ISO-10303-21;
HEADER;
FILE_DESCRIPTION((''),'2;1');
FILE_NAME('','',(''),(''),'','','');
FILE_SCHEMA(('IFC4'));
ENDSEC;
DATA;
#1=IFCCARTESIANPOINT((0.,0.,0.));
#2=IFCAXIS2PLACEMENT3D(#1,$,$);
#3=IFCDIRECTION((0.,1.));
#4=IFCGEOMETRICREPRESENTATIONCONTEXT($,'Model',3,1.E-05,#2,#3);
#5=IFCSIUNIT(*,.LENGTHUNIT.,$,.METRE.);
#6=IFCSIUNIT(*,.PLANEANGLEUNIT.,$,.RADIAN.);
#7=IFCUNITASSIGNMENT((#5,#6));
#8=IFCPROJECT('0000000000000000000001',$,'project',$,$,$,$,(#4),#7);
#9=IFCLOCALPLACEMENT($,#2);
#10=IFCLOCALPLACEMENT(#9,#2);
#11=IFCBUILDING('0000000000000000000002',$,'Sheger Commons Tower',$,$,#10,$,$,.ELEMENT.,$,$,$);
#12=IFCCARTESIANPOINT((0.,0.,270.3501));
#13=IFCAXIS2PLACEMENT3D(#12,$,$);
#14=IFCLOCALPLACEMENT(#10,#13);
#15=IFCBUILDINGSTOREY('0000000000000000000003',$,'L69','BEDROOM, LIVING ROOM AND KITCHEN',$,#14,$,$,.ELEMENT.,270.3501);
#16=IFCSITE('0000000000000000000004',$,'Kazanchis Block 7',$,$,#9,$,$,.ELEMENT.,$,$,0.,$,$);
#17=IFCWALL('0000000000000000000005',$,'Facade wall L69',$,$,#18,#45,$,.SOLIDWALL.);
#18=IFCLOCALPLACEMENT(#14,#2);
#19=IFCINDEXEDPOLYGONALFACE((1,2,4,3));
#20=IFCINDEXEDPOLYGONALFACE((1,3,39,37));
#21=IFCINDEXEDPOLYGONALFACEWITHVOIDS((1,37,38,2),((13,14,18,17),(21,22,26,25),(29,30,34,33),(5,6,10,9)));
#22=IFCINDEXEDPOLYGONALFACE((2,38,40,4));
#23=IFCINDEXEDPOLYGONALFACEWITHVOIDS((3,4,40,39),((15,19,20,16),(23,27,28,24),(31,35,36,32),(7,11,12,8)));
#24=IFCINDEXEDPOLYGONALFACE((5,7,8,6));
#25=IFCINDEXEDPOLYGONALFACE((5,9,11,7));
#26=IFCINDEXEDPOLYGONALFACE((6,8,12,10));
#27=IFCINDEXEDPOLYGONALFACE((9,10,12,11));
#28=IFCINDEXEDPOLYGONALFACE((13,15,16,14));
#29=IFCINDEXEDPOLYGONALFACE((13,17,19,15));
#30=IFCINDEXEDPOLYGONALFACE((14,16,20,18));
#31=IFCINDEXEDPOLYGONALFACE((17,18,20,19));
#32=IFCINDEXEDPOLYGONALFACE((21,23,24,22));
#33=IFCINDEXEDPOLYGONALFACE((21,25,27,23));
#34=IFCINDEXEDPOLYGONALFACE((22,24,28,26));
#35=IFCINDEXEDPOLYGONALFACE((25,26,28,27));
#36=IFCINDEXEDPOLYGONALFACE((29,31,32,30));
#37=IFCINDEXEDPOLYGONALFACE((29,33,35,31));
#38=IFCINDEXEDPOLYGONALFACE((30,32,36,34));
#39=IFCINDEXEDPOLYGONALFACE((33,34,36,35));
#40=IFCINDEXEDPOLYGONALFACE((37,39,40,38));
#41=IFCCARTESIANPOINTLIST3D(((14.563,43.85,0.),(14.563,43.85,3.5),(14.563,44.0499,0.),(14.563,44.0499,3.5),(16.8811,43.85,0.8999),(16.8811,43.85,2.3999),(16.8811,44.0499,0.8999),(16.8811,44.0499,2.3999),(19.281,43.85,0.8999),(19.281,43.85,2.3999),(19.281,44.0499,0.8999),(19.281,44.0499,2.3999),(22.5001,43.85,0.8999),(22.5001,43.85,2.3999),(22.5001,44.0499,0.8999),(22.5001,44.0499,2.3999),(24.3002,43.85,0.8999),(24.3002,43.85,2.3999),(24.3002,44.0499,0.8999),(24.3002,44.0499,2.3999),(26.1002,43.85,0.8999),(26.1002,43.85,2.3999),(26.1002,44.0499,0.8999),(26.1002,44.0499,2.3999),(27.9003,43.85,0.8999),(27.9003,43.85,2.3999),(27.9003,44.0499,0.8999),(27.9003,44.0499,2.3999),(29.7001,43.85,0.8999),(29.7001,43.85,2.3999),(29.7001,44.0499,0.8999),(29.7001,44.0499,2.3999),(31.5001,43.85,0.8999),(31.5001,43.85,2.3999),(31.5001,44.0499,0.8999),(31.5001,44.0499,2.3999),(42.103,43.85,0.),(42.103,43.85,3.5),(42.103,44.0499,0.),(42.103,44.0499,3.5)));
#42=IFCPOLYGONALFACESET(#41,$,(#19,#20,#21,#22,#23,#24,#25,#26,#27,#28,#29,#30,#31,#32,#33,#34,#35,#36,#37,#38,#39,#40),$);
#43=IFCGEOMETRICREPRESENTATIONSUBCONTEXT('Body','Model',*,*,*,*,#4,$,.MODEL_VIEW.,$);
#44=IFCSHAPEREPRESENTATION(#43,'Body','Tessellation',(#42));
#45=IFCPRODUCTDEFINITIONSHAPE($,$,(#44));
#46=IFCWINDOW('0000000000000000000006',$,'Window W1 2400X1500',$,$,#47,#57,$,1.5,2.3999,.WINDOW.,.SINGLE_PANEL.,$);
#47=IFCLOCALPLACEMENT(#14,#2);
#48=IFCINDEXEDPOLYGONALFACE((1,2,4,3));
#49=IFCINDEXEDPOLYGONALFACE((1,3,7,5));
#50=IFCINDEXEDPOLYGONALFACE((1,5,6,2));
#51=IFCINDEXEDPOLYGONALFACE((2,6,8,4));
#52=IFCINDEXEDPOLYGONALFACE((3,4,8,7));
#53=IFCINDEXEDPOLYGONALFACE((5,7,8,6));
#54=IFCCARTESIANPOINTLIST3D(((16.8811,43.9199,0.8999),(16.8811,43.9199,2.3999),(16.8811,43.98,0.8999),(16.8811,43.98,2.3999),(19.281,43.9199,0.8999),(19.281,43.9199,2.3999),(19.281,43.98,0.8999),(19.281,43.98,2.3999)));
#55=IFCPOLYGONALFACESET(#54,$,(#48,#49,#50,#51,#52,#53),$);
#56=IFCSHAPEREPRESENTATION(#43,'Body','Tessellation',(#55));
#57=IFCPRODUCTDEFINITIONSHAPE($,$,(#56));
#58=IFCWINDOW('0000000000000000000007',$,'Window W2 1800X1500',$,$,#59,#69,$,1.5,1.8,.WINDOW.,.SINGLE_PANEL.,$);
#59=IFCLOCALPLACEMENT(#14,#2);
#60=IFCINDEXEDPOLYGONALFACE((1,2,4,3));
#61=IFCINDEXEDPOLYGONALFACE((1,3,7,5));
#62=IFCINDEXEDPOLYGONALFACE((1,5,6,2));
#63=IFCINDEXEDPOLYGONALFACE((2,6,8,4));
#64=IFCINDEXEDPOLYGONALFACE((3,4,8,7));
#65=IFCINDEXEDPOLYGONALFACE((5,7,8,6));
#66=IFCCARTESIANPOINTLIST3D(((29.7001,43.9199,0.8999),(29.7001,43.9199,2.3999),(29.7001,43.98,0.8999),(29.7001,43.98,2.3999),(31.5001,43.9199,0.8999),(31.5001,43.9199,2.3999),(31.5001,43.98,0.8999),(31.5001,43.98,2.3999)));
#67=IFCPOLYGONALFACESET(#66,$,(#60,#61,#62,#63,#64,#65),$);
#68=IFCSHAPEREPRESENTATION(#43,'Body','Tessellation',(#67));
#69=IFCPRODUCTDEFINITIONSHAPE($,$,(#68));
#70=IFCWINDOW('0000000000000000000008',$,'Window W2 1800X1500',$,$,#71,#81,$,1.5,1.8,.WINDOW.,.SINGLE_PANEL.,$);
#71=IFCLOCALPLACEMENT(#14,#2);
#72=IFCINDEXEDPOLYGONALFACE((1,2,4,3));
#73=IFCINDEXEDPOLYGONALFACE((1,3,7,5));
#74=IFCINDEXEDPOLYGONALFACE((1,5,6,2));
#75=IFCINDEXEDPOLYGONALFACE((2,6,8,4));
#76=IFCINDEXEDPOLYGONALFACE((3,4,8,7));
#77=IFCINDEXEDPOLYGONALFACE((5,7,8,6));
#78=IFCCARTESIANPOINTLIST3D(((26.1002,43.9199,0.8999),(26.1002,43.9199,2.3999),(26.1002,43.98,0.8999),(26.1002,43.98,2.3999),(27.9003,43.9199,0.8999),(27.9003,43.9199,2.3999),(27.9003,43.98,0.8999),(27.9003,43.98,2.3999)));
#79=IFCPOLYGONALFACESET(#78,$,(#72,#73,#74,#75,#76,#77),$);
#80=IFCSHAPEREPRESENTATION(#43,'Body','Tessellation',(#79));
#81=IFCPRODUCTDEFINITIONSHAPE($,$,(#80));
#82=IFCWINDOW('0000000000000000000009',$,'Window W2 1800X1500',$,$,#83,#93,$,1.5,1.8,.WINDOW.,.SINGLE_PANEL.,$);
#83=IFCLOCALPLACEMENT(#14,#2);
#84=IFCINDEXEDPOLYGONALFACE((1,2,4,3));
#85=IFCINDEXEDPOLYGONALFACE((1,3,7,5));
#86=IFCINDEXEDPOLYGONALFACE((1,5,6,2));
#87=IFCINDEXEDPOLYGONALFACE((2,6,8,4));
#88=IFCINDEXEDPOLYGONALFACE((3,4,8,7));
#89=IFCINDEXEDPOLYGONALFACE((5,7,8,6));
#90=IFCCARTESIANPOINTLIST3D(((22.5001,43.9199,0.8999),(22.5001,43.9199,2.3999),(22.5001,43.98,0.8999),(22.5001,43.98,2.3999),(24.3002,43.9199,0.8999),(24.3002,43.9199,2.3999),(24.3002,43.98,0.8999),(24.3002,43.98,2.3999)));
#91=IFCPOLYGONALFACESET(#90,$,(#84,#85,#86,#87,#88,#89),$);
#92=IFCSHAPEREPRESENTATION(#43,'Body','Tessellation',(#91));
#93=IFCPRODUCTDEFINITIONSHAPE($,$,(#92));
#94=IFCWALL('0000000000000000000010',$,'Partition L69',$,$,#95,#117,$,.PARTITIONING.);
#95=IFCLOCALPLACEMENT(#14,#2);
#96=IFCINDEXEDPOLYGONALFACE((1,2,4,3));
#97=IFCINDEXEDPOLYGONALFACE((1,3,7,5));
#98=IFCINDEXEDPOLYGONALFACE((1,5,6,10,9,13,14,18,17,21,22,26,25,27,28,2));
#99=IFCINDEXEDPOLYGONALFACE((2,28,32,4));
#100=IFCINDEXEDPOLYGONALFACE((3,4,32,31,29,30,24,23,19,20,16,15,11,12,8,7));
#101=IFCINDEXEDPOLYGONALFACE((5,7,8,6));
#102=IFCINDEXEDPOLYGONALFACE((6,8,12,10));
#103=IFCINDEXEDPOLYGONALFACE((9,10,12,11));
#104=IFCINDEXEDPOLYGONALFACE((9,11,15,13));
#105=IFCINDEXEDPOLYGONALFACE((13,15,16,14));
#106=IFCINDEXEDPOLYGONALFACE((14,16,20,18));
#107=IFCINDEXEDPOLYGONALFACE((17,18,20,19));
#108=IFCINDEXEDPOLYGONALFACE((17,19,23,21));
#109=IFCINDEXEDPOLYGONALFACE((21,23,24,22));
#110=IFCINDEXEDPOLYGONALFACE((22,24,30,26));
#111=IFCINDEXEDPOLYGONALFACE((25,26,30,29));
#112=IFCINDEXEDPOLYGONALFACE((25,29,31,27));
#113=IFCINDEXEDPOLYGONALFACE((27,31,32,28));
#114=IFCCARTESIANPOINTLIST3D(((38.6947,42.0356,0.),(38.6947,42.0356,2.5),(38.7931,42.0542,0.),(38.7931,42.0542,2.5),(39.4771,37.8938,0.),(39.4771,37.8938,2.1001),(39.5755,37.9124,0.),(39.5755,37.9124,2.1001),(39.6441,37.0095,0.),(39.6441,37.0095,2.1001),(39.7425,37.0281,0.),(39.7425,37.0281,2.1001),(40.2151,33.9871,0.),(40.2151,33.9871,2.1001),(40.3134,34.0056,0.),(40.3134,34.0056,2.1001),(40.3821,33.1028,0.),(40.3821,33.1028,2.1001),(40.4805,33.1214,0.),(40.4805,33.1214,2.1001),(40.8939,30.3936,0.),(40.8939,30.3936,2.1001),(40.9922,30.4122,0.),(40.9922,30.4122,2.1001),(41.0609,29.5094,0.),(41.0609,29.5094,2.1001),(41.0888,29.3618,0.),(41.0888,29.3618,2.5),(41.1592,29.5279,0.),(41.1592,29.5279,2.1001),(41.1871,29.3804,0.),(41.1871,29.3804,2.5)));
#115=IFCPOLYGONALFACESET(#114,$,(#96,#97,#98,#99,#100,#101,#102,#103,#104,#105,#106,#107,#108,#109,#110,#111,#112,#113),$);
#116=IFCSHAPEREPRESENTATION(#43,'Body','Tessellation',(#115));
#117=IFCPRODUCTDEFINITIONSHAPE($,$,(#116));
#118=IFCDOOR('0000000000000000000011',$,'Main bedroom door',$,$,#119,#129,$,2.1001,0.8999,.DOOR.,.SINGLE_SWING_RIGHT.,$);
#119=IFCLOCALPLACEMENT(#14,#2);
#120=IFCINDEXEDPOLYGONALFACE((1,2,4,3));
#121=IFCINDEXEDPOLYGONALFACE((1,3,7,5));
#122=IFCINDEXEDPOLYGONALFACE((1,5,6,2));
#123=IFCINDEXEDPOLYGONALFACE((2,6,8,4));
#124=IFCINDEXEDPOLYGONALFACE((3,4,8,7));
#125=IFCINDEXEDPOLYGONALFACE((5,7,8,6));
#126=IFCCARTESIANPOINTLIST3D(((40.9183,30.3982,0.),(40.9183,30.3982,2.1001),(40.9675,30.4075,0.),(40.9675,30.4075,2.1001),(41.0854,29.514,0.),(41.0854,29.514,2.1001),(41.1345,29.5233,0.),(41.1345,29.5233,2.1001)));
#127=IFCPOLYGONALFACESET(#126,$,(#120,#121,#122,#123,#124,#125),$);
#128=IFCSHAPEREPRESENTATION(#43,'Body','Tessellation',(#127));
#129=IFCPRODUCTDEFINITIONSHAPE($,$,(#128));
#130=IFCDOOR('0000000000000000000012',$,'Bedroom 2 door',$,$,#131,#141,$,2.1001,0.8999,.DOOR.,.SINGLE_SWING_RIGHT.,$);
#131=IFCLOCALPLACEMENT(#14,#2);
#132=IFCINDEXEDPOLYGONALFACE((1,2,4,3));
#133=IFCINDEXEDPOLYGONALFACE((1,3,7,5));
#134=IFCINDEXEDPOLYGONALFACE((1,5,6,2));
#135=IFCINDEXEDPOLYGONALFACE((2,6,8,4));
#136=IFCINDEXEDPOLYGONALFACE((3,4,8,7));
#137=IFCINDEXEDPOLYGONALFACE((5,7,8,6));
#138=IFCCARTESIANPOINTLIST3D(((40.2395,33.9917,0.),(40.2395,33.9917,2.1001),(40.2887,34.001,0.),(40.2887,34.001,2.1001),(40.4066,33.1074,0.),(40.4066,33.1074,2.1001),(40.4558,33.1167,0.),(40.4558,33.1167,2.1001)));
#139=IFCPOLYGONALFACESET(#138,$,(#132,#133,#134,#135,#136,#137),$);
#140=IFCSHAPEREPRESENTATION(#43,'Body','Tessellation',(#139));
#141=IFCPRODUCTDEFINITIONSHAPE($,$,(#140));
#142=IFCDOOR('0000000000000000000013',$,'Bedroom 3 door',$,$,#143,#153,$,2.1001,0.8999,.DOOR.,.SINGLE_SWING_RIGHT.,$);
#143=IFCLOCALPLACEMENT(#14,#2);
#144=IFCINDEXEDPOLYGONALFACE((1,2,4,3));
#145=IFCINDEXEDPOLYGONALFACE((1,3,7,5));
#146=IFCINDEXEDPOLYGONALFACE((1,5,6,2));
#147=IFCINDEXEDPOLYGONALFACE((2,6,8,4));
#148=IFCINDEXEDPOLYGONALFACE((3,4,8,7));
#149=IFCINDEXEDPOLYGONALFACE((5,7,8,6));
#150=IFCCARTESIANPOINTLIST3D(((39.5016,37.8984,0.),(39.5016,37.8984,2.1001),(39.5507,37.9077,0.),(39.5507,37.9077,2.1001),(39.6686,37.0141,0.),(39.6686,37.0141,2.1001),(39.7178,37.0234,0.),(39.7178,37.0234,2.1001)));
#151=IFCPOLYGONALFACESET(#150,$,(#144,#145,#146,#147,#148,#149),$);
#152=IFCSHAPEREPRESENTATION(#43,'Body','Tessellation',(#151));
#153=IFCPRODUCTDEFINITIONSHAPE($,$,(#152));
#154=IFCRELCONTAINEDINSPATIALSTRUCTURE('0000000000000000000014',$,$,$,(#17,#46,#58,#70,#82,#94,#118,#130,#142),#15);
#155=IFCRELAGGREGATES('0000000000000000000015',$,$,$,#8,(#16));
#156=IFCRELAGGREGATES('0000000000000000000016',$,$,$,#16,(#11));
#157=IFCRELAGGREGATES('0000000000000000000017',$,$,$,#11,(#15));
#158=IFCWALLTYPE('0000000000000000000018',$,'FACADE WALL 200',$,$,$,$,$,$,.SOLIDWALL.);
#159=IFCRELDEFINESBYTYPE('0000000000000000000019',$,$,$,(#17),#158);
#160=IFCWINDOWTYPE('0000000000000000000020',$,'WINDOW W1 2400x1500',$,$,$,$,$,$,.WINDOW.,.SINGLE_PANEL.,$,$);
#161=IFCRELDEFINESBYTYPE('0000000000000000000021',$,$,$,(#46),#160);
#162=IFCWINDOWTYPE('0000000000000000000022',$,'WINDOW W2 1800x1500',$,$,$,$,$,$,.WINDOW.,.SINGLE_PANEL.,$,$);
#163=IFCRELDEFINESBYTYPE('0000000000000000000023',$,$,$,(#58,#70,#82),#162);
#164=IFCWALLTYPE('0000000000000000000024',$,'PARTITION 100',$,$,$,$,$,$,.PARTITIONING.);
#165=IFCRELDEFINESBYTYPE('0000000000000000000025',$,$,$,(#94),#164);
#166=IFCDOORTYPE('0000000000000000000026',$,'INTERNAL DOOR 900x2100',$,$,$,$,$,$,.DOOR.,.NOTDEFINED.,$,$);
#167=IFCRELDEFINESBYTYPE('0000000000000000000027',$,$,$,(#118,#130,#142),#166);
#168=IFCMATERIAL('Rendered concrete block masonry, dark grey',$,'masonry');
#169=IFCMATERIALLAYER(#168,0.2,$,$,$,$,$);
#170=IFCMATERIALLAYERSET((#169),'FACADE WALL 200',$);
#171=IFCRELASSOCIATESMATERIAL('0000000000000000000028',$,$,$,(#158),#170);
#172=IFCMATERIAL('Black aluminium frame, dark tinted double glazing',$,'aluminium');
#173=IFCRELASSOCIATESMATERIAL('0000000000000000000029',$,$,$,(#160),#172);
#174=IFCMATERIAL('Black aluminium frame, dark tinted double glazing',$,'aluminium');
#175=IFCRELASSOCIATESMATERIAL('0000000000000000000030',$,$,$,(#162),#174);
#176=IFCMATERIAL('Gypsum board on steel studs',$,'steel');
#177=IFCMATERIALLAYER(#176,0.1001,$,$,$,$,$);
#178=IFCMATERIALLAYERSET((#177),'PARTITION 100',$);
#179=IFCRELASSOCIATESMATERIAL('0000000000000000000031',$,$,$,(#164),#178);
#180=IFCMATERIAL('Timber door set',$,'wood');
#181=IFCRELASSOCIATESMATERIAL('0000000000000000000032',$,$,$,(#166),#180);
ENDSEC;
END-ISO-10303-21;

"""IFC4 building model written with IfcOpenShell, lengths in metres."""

from ifc_helpers import new_model, si_unit, direction, frame, frame_2d, origin, place, context, subcontext, project, spatial, rectangle, extrude, material, layer, layer_set, type_object, element, fill, save


model = new_model("IFC4")

# Units and contexts
model_context = context("Model", 3, precision=1e-05, world=origin(), true_north=direction((0.0, 1.0)))
body_context = subcontext(model_context, "Body", "Model", "MODEL_VIEW")
ifc_project = project(units=[si_unit("LENGTHUNIT", "METRE"), si_unit("PLANEANGLEUNIT", "RADIAN")], contexts=[model_context])

# Site, building, storey
site_placement = place(None, origin())
site = spatial("IfcSite", under=ifc_project, at=site_placement, Name="Kazanchis Block 7", CompositionType="ELEMENT", RefElevation=0.0)
building_placement = place(site_placement, origin())
building = spatial("IfcBuilding", under=site, at=building_placement, Name="Sheger Commons Tower", CompositionType="ELEMENT")
storey_placement = place(building_placement, frame((0.0, 0.0, 270.3501)))
storey = spatial("IfcBuildingStorey", under=building, at=storey_placement, Name="L69", Description="BEDROOM, LIVING ROOM AND KITCHEN", CompositionType="ELEMENT", Elevation=270.3501)

# Shared definitions
ifc_material_1 = material(Name="Rendered concrete block masonry, dark grey", Category="masonry")
ifc_layer_1 = layer(ifc_material_1, 0.2)
ifc_layer_set_1 = layer_set([ifc_layer_1], Name="FACADE WALL 200")
wall_type_1 = type_object("IfcWallType", Name="FACADE WALL 200", PredefinedType="SOLIDWALL", material=ifc_layer_set_1)

# Wall, openings, windows
wall_1_placement = place(storey_placement, frame((42.103, 43.95, 0.0), z_axis=(0.0, 0.0, 1.0), x_axis=(-1.0, 0.0, 0.0)))
wall_1 = element("IfcWall", 1, at=wall_1_placement, inside=storey, type_object=wall_type_1, Name="Facade wall L69", PredefinedType="SOLIDWALL", context=body_context, shape_type="SweptSolid", body=[
    extrude(rectangle(XDim=27.54, YDim=0.2, at=frame_2d((13.77, 0.0))), origin(), (0.0, 0.0, 1.0), 3.5),
])
opening_1_placement = place(wall_1_placement, frame((10.603, 0.0, 0.8999)))
opening_1 = element("IfcOpeningElement", 2, at=opening_1_placement, cuts=wall_1, PredefinedType="OPENING", context=body_context, shape_type="SweptSolid", body=[
    extrude(rectangle(XDim=1.8, YDim=1.5, at=frame_2d((0.8999, 0.75))), frame((0.0, 0.1099, 0.0), z_axis=(0.0, -1.0, 0.0), x_axis=(1.0, 0.0, 0.0)), (0.0, 0.0, 1.0), 0.22),
])
opening_2_placement = place(wall_1_placement, frame((14.2029, 0.0, 0.8999)))
opening_2 = element("IfcOpeningElement", 3, at=opening_2_placement, cuts=wall_1, PredefinedType="OPENING", context=body_context, shape_type="SweptSolid", body=[
    extrude(rectangle(XDim=1.8, YDim=1.5, at=frame_2d((0.8999, 0.75))), frame((0.0, 0.1099, 0.0), z_axis=(0.0, -1.0, 0.0), x_axis=(1.0, 0.0, 0.0)), (0.0, 0.0, 1.0), 0.22),
])
opening_3_placement = place(wall_1_placement, frame((17.803, 0.0, 0.8999)))
opening_3 = element("IfcOpeningElement", 4, at=opening_3_placement, cuts=wall_1, PredefinedType="OPENING", context=body_context, shape_type="SweptSolid", body=[
    extrude(rectangle(XDim=1.8, YDim=1.5, at=frame_2d((0.8999, 0.75))), frame((0.0, 0.1099, 0.0), z_axis=(0.0, -1.0, 0.0), x_axis=(1.0, 0.0, 0.0)), (0.0, 0.0, 1.0), 0.22),
])
opening_4_placement = place(wall_1_placement, frame((22.822, 0.0, 0.8999)))
opening_4 = element("IfcOpeningElement", 5, at=opening_4_placement, cuts=wall_1, PredefinedType="OPENING", context=body_context, shape_type="SweptSolid", body=[
    extrude(rectangle(XDim=2.3999, YDim=1.5, at=frame_2d((1.2, 0.75))), frame((0.0, 0.1099, 0.0), z_axis=(0.0, -1.0, 0.0), x_axis=(1.0, 0.0, 0.0)), (0.0, 0.0, 1.0), 0.22),
])
ifc_material_2 = material(Name="Black aluminium frame, dark tinted double glazing", Category="aluminium")
window_type_1 = type_object("IfcWindowType", Name="WINDOW W1 2400x1500", PartitioningType="SINGLE_PANEL", PredefinedType="WINDOW", material=ifc_material_2)
window_1_placement = place(opening_4_placement, origin())
window_1 = element("IfcWindow", 6, at=window_1_placement, inside=storey, type_object=window_type_1, Name="Window W1 2400X1500", OverallHeight=1.5, OverallWidth=2.3999, PartitioningType="SINGLE_PANEL", PredefinedType="WINDOW", context=body_context, shape_type="SweptSolid", body=[
    extrude(rectangle(XDim=2.3999, YDim=1.5, at=frame_2d((1.2, 0.75))), frame((0.0, 0.03, 0.0), z_axis=(0.0, -1.0, 0.0), x_axis=(1.0, 0.0, 0.0)), (0.0, 0.0, 1.0), 0.0601),
])
fill(opening_4, window_1)
ifc_material_3 = material(Name="Black aluminium frame, dark tinted double glazing", Category="aluminium")
window_type_2 = type_object("IfcWindowType", Name="WINDOW W2 1800x1500", PartitioningType="SINGLE_PANEL", PredefinedType="WINDOW", material=ifc_material_3)
window_2_placement = place(opening_1_placement, origin())
window_2 = element("IfcWindow", 7, at=window_2_placement, inside=storey, type_object=window_type_2, Name="Window W2 1800X1500", OverallHeight=1.5, OverallWidth=1.8, PartitioningType="SINGLE_PANEL", PredefinedType="WINDOW", context=body_context, shape_type="SweptSolid", body=[
    extrude(rectangle(XDim=1.8, YDim=1.5, at=frame_2d((0.8999, 0.75))), frame((0.0, 0.03, 0.0), z_axis=(0.0, -1.0, 0.0), x_axis=(1.0, 0.0, 0.0)), (0.0, 0.0, 1.0), 0.0601),
])
fill(opening_1, window_2)
window_3_placement = place(opening_2_placement, origin())
window_3 = element("IfcWindow", 8, at=window_3_placement, inside=storey, type_object=window_type_2, Name="Window W2 1800X1500", OverallHeight=1.5, OverallWidth=1.8, PartitioningType="SINGLE_PANEL", PredefinedType="WINDOW", context=body_context, shape_type="SweptSolid", body=[
    extrude(rectangle(XDim=1.8, YDim=1.5, at=frame_2d((0.8999, 0.75))), frame((0.0, 0.03, 0.0), z_axis=(0.0, -1.0, 0.0), x_axis=(1.0, 0.0, 0.0)), (0.0, 0.0, 1.0), 0.0601),
])
fill(opening_2, window_3)
window_4_placement = place(opening_3_placement, origin())
window_4 = element("IfcWindow", 9, at=window_4_placement, inside=storey, type_object=window_type_2, Name="Window W2 1800X1500", OverallHeight=1.5, OverallWidth=1.8, PartitioningType="SINGLE_PANEL", PredefinedType="WINDOW", context=body_context, shape_type="SweptSolid", body=[
    extrude(rectangle(XDim=1.8, YDim=1.5, at=frame_2d((0.8999, 0.75))), frame((0.0, 0.03, 0.0), z_axis=(0.0, -1.0, 0.0), x_axis=(1.0, 0.0, 0.0)), (0.0, 0.0, 1.0), 0.0601),
])
fill(opening_3, window_4)

# Wall, openings, doors
ifc_material_4 = material(Name="Gypsum board on steel studs", Category="steel")
ifc_layer_2 = layer(ifc_material_4, 0.1001)
ifc_layer_set_2 = layer_set([ifc_layer_2], Name="PARTITION 100")
wall_type_2 = type_object("IfcWallType", Name="PARTITION 100", PredefinedType="PARTITIONING", material=ifc_layer_set_2)
wall_2_placement = place(storey_placement, frame((38.7439, 42.0449, 0.0), z_axis=(0.0, 0.0, 1.0), x_axis=(0.185614, -0.982623, 0.0)))
wall_2 = element("IfcWall", 10, at=wall_2_placement, inside=storey, type_object=wall_type_2, Name="Partition L69", PredefinedType="PARTITIONING", context=body_context, shape_type="SweptSolid", body=[
    extrude(rectangle(XDim=12.8979, YDim=0.1001, at=frame_2d((6.449, 0.0))), origin(), (0.0, 0.0, 1.0), 2.5),
])
opening_5_placement = place(wall_2_placement, frame((11.8479, 0.0, 0.0)))
opening_5 = element("IfcOpeningElement", 11, at=opening_5_placement, cuts=wall_2, PredefinedType="OPENING", context=body_context, shape_type="SweptSolid", body=[
    extrude(rectangle(XDim=0.8999, YDim=2.1001, at=frame_2d((0.45, 1.05))), frame((0.0, 0.0601, 0.0), z_axis=(0.0, -1.0, 0.0), x_axis=(1.0, 0.0, 0.0)), (0.0, 0.0, 1.0), 0.1201),
])
opening_6_placement = place(wall_2_placement, frame((8.1909, 0.0, 0.0)))
opening_6 = element("IfcOpeningElement", 12, at=opening_6_placement, cuts=wall_2, PredefinedType="OPENING", context=body_context, shape_type="SweptSolid", body=[
    extrude(rectangle(XDim=0.8999, YDim=2.1001, at=frame_2d((0.45, 1.05))), frame((0.0, 0.0601, 0.0), z_axis=(0.0, -1.0, 0.0), x_axis=(1.0, 0.0, 0.0)), (0.0, 0.0, 1.0), 0.1201),
])
opening_7_placement = place(wall_2_placement, frame((4.2151, 0.0, 0.0)))
opening_7 = element("IfcOpeningElement", 13, at=opening_7_placement, cuts=wall_2, PredefinedType="OPENING", context=body_context, shape_type="SweptSolid", body=[
    extrude(rectangle(XDim=0.8999, YDim=2.1001, at=frame_2d((0.45, 1.05))), frame((0.0, 0.0601, 0.0), z_axis=(0.0, -1.0, 0.0), x_axis=(1.0, 0.0, 0.0)), (0.0, 0.0, 1.0), 0.1201),
])
ifc_material_5 = material(Name="Timber door set", Category="wood")
door_type = type_object("IfcDoorType", Name="INTERNAL DOOR 900x2100", OperationType="NOTDEFINED", PredefinedType="DOOR", material=ifc_material_5)
door_1_placement = place(opening_5_placement, origin())
door_1 = element("IfcDoor", 14, at=door_1_placement, inside=storey, type_object=door_type, Name="Main bedroom door", OperationType="SINGLE_SWING_RIGHT", OverallHeight=2.1001, OverallWidth=0.8999, PredefinedType="DOOR", context=body_context, shape_type="SweptSolid", body=[
    extrude(rectangle(XDim=0.8999, YDim=2.1001, at=frame_2d((0.45, 1.05))), frame((0.0, 0.0249, 0.0), z_axis=(0.0, -1.0, 0.0), x_axis=(1.0, 0.0, 0.0)), (0.0, 0.0, 1.0), 0.05),
])
fill(opening_5, door_1)
door_2_placement = place(opening_6_placement, origin())
door_2 = element("IfcDoor", 15, at=door_2_placement, inside=storey, type_object=door_type, Name="Bedroom 2 door", OperationType="SINGLE_SWING_RIGHT", OverallHeight=2.1001, OverallWidth=0.8999, PredefinedType="DOOR", context=body_context, shape_type="SweptSolid", body=[
    extrude(rectangle(XDim=0.8999, YDim=2.1001, at=frame_2d((0.45, 1.05))), frame((0.0, 0.0249, 0.0), z_axis=(0.0, -1.0, 0.0), x_axis=(1.0, 0.0, 0.0)), (0.0, 0.0, 1.0), 0.05),
])
fill(opening_6, door_2)
door_3_placement = place(opening_7_placement, origin())
door_3 = element("IfcDoor", 16, at=door_3_placement, inside=storey, type_object=door_type, Name="Bedroom 3 door", OperationType="SINGLE_SWING_RIGHT", OverallHeight=2.1001, OverallWidth=0.8999, PredefinedType="DOOR", context=body_context, shape_type="SweptSolid", body=[
    extrude(rectangle(XDim=0.8999, YDim=2.1001, at=frame_2d((0.45, 1.05))), frame((0.0, 0.0249, 0.0), z_axis=(0.0, -1.0, 0.0), x_axis=(1.0, 0.0, 0.0)), (0.0, 0.0, 1.0), 0.05),
])
fill(opening_7, door_3)

save(model, "model.ifc")
